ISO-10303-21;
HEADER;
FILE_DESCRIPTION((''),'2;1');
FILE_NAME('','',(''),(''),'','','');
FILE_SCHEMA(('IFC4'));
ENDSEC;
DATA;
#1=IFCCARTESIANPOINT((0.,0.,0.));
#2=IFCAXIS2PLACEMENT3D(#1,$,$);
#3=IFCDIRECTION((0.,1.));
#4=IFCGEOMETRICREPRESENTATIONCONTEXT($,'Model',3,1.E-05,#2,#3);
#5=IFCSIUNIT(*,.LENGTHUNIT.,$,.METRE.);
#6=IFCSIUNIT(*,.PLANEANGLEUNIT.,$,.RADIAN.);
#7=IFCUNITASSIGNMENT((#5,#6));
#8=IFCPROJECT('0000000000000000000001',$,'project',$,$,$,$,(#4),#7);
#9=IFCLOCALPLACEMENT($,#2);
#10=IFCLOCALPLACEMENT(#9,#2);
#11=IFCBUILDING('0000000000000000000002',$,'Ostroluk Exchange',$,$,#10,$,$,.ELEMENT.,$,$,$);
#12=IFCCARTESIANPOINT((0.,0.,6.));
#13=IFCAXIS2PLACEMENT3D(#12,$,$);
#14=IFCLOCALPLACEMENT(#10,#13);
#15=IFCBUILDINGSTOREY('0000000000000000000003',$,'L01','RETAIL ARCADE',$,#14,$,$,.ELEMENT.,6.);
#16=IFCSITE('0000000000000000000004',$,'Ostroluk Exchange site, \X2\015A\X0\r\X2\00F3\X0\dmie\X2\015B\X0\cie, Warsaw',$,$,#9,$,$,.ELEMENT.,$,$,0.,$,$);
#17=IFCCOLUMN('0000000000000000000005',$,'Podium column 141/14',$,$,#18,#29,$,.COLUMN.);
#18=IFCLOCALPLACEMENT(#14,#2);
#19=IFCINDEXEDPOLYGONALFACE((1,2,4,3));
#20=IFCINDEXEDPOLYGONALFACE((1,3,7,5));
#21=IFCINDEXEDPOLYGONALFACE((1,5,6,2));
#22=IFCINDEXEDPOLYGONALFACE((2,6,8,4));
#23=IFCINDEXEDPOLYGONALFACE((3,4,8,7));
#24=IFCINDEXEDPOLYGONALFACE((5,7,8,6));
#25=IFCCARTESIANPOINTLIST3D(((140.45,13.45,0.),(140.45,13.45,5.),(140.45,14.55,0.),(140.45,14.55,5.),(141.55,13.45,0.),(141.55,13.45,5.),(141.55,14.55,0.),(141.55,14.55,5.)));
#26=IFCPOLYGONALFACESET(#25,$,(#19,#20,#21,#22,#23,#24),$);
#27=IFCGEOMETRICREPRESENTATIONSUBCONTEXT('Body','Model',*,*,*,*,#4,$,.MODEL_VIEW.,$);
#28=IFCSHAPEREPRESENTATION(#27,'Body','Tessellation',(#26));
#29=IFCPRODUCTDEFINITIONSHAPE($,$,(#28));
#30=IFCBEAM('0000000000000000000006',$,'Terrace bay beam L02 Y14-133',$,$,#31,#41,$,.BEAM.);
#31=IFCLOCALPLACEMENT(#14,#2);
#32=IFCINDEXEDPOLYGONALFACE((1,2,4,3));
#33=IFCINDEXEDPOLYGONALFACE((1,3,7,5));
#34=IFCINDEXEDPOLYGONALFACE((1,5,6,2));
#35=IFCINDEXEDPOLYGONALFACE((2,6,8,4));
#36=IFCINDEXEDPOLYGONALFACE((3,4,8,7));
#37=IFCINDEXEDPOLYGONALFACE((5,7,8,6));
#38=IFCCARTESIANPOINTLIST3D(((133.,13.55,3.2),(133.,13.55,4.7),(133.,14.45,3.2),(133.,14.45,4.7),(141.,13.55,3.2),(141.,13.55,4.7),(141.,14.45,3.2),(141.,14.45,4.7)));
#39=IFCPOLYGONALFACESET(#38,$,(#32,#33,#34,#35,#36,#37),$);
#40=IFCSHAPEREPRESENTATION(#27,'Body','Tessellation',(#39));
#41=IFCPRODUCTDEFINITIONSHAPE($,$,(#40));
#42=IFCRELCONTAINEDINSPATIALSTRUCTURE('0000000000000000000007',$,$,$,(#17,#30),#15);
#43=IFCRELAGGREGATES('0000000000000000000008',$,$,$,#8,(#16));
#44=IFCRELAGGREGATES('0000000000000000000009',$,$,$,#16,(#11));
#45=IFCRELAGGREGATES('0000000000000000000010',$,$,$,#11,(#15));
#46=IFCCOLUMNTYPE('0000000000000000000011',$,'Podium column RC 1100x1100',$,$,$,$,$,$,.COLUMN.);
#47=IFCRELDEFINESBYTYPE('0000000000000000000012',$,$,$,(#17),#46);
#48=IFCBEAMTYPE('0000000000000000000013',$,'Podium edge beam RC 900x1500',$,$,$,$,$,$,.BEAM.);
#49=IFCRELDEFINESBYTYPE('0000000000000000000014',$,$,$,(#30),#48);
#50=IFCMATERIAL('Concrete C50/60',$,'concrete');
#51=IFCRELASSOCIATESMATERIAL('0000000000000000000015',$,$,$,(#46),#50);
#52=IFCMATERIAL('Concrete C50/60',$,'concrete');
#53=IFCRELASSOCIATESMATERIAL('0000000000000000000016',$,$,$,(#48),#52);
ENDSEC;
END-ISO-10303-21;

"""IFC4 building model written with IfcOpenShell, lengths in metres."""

from ifc_helpers import new_model, si_unit, direction, frame, origin, origin_2d, place, context, subcontext, project, spatial, rectangle, extrude, material, material_profile, profile_set, type_object, element, save


model = new_model("IFC4")

# Units and contexts
model_context = context("Model", 3, precision=1e-05, world=origin(), true_north=direction((0.0, 1.0)))
body_context = subcontext(model_context, "Body", "Model", "MODEL_VIEW")
ifc_project = project(units=[si_unit("LENGTHUNIT", "METRE"), si_unit("PLANEANGLEUNIT", "RADIAN")], contexts=[model_context])

# Site, building, storey
site_placement = place(None, origin())
site = spatial("IfcSite", under=ifc_project, at=site_placement, Name="Ostroluk Exchange site, Śródmieście, Warsaw", CompositionType="ELEMENT", RefElevation=0.0)
building_placement = place(site_placement, origin())
building = spatial("IfcBuilding", under=site, at=building_placement, Name="Ostroluk Exchange", CompositionType="ELEMENT")
storey_placement = place(building_placement, frame((0.0, 0.0, 6.0)))
storey = spatial("IfcBuildingStorey", under=building, at=storey_placement, Name="L01", Description="RETAIL ARCADE", CompositionType="ELEMENT", Elevation=6.0)

# Column
ifc_material_1 = material(Name="Concrete C50/60", Category="concrete")
ifc_material_profile_1 = material_profile(ifc_material_1, rectangle(XDim=1.1001, YDim=1.1001, at=origin_2d()), Name="RC 1100x1100")
ifc_profile_set_1 = profile_set([ifc_material_profile_1], Name="Concrete C50/60")
column_type = type_object("IfcColumnType", Name="Podium column RC 1100x1100", PredefinedType="COLUMN", material=ifc_profile_set_1)
column_placement = place(storey_placement, frame((141.0, 14.0, 0.0), z_axis=(0.0, 0.0, 1.0), x_axis=(1.0, 0.0, 0.0)))
element("IfcColumn", 1, at=column_placement, inside=storey, type_object=column_type, Name="Podium column 141/14", PredefinedType="COLUMN", context=body_context, shape_type="SweptSolid", body=[
    extrude(rectangle(XDim=1.1001, YDim=1.1001, at=origin_2d()), origin(), (0.0, 0.0, 1.0), 5.0),
])

# Beam
ifc_material_2 = material(Name="Concrete C50/60", Category="concrete")
ifc_material_profile_2 = material_profile(ifc_material_2, rectangle(XDim=0.8999, YDim=1.5, at=origin_2d()), Name="RC 900x1500")
ifc_profile_set_2 = profile_set([ifc_material_profile_2], Name="Concrete C50/60")
beam_type = type_object("IfcBeamType", Name="Podium edge beam RC 900x1500", PredefinedType="BEAM", material=ifc_profile_set_2)
beam_placement = place(storey_placement, frame((133.0, 14.0, 3.95), z_axis=(1.0, 0.0, 0.0), x_axis=(0.0, 1.0, 0.0)))
element("IfcBeam", 2, at=beam_placement, inside=storey, type_object=beam_type, Name="Terrace bay beam L02 Y14-133", PredefinedType="BEAM", context=body_context, shape_type="SweptSolid", body=[
    extrude(rectangle(XDim=0.8999, YDim=1.5, at=origin_2d()), origin(), (0.0, 0.0, 1.0), 8.0),
])

save(model, "model.ifc")
